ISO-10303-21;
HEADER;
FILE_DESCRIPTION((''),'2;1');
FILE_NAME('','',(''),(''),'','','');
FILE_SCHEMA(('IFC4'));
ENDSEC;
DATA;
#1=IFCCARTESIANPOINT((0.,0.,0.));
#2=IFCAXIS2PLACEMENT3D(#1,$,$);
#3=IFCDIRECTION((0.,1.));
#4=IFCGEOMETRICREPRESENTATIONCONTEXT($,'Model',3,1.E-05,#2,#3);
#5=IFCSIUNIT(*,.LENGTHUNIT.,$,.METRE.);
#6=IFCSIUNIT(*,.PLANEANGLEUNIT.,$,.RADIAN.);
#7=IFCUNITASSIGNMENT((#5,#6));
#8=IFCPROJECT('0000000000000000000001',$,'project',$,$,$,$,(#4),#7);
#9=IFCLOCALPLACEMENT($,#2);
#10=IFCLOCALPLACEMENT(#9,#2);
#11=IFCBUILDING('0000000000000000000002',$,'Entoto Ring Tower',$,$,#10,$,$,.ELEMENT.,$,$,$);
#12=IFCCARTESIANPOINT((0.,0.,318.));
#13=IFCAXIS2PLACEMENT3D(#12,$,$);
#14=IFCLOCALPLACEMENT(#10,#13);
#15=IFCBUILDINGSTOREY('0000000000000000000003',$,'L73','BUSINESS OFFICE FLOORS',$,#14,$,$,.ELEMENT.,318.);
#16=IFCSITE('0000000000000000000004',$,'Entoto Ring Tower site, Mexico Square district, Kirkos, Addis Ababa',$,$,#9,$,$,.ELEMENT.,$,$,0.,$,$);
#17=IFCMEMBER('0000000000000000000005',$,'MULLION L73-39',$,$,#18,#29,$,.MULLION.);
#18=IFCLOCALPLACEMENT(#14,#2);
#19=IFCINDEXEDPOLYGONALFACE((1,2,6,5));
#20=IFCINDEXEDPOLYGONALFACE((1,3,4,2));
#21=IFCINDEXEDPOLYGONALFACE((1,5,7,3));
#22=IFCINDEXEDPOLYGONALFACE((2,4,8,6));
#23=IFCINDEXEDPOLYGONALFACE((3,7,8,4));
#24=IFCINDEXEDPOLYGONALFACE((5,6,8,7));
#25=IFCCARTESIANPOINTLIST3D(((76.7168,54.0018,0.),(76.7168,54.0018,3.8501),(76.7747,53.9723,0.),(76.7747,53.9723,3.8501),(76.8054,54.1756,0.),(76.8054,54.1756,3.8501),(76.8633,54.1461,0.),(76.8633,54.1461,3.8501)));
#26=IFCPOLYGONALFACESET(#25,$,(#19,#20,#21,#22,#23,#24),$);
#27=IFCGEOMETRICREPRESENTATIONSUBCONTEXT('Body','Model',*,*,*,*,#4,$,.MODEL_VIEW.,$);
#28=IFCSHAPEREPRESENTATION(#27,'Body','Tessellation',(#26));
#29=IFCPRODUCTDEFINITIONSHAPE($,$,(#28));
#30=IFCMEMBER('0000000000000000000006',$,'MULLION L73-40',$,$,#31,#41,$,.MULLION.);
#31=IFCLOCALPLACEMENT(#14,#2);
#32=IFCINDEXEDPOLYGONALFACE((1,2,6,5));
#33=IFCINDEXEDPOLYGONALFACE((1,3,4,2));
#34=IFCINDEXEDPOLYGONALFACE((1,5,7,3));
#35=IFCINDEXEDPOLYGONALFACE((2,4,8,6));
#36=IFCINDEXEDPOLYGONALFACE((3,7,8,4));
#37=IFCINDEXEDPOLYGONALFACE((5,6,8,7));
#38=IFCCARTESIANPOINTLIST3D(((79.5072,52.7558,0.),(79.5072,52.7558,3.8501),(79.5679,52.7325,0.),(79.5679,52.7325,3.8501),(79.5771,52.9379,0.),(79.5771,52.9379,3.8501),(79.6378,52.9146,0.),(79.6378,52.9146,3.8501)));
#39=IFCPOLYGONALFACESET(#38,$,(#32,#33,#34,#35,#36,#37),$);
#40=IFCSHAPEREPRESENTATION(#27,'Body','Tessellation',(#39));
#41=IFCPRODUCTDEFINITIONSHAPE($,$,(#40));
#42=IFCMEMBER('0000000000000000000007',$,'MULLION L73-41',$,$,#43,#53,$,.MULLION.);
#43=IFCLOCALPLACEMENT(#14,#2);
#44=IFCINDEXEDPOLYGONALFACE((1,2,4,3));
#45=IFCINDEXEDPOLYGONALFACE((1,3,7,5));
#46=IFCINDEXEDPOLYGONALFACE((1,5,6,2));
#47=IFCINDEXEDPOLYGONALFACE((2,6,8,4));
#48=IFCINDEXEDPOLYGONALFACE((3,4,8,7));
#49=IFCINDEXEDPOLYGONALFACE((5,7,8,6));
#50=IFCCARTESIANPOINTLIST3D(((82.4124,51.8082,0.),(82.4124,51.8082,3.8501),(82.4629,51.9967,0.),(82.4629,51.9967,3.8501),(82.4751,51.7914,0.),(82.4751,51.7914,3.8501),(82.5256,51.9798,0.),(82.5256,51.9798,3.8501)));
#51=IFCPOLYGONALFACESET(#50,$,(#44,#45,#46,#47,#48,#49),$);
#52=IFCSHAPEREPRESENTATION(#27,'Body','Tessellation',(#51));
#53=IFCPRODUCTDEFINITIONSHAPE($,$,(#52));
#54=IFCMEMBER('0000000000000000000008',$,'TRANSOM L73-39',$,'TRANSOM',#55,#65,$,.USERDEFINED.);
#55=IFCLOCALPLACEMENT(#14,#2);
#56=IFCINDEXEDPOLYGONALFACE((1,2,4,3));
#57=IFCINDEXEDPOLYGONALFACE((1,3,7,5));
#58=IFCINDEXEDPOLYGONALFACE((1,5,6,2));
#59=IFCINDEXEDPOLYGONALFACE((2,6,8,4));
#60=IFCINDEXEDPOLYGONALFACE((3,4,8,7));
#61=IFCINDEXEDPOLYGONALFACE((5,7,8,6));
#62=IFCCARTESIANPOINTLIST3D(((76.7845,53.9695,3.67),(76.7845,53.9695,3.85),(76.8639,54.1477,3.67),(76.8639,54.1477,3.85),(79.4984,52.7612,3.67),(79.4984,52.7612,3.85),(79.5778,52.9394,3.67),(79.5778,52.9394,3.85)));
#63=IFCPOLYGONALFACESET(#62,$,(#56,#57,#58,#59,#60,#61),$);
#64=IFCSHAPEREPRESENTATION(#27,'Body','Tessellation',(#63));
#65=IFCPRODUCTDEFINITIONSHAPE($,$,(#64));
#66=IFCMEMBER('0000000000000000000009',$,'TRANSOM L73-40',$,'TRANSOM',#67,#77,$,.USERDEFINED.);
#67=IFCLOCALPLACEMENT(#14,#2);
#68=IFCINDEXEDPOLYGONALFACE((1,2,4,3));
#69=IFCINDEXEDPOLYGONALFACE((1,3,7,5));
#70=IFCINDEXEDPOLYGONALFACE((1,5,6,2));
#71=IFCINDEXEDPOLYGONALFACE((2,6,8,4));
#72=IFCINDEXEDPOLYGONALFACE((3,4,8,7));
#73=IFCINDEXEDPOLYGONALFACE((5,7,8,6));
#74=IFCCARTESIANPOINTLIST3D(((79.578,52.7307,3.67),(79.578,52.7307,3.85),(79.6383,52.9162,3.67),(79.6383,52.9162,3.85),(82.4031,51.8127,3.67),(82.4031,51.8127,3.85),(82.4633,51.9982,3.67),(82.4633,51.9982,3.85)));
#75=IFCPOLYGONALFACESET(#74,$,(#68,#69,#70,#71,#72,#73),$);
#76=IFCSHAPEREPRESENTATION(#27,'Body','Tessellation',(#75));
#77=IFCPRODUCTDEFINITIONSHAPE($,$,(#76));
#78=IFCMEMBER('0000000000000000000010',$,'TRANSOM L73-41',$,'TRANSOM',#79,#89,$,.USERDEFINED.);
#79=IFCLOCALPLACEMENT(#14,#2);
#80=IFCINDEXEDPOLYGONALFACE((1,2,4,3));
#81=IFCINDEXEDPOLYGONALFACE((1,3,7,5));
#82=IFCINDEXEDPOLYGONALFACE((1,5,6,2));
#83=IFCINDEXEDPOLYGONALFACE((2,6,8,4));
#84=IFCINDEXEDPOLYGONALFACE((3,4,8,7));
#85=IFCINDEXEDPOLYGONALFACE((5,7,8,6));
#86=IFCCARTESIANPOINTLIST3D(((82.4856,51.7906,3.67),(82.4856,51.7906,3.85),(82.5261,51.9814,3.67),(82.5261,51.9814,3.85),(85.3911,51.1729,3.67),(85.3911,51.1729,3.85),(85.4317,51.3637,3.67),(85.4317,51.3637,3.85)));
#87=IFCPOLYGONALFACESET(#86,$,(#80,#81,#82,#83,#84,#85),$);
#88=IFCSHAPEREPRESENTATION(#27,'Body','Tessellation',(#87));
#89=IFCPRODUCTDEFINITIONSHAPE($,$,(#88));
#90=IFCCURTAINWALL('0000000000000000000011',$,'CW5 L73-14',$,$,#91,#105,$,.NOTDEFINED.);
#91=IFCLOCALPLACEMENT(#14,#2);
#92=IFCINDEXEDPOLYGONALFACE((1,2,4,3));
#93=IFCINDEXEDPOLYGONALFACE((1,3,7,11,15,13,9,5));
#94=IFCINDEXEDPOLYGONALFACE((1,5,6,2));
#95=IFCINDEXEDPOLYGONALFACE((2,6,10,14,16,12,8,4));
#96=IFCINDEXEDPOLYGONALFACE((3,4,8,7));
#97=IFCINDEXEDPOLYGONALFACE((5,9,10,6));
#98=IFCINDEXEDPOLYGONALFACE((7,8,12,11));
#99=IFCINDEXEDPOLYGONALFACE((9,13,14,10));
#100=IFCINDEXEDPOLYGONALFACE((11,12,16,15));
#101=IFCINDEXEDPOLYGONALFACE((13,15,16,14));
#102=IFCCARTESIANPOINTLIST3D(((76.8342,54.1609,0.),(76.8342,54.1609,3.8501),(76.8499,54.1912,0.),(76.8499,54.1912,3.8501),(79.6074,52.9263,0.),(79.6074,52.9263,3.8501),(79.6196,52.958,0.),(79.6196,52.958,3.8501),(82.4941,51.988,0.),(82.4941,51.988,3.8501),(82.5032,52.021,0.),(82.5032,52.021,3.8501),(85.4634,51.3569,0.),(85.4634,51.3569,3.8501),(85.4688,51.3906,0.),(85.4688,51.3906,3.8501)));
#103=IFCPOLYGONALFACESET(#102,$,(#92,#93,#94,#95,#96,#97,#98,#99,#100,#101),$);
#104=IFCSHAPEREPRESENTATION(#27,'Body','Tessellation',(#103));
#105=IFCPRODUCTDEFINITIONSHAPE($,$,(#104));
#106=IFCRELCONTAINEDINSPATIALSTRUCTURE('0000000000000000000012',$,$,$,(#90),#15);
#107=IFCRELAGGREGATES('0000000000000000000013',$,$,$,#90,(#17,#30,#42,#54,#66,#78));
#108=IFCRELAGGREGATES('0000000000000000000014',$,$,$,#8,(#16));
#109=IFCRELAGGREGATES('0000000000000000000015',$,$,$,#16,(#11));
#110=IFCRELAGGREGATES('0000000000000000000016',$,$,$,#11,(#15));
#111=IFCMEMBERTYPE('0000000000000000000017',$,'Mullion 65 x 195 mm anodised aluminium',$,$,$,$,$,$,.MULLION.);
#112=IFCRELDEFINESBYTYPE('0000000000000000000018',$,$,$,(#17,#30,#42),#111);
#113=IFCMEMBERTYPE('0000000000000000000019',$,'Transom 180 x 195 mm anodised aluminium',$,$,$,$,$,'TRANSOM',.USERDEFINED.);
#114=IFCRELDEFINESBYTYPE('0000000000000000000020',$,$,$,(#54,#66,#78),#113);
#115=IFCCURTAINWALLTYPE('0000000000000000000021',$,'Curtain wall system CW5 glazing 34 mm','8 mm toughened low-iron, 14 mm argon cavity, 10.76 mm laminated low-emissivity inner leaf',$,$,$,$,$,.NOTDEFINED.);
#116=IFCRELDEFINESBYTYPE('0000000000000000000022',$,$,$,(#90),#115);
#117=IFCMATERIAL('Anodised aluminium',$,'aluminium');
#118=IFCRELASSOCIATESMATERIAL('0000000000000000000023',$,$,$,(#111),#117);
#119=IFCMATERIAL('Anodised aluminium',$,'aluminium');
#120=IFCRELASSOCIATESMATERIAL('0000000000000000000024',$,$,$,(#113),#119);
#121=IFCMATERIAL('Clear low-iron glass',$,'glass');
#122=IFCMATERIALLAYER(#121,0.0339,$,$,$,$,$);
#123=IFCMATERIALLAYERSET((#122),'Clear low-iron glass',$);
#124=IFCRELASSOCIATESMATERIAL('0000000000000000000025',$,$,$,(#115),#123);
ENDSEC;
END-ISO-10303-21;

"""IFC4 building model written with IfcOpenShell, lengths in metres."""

from ifc_helpers import new_model, si_unit, direction, frame, origin, origin_2d, place, context, subcontext, project, spatial, polyline, rectangle, outline, extrude, material, layer, layer_set, material_profile, profile_set, type_object, element, aggregate, save


model = new_model("IFC4")

# Units and contexts
model_context = context("Model", 3, precision=1e-05, world=origin(), true_north=direction((0.0, 1.0)))
body_context = subcontext(model_context, "Body", "Model", "MODEL_VIEW")
ifc_project = project(units=[si_unit("LENGTHUNIT", "METRE"), si_unit("PLANEANGLEUNIT", "RADIAN")], contexts=[model_context])

# Members
ifc_material_1 = material(Name="Anodised aluminium", Category="aluminium")
ifc_material_profile_1 = material_profile(ifc_material_1, rectangle(XDim=0.0649, YDim=0.1951, at=origin_2d()), Name="Mullion 65 x 195 mm anodised aluminium")
ifc_profile_set_1 = profile_set([ifc_material_profile_1], Name="Anodised aluminium")
member_type_1 = type_object("IfcMemberType", Name="Mullion 65 x 195 mm anodised aluminium", PredefinedType="MULLION", material=ifc_profile_set_1)
site_placement = place(None, origin())
building_placement = place(site_placement, origin())
storey_placement = place(building_placement, frame((0.0, 0.0, 318.0)))
member_1_placement = place(storey_placement, frame((76.79, 54.074, 0.0), z_axis=(0.0, 0.0, 1.0), x_axis=(0.891007, -0.45399, 0.0)))
member_1 = element("IfcMember", 1, at=member_1_placement, type_object=member_type_1, Name="MULLION L73-39", PredefinedType="MULLION", context=body_context, shape_type="SweptSolid", body=[
    extrude(rectangle(XDim=0.0649, YDim=0.1951, at=origin_2d()), origin(), (0.0, 0.0, 1.0), 3.8501),
])
member_2_placement = place(storey_placement, frame((79.5725, 52.8352, 0.0), z_axis=(0.0, 0.0, 1.0), x_axis=(0.93358, -0.358368, 0.0)))
member_2 = element("IfcMember", 2, at=member_2_placement, type_object=member_type_1, Name="MULLION L73-40", PredefinedType="MULLION", context=body_context, shape_type="SweptSolid", body=[
    extrude(rectangle(XDim=0.0649, YDim=0.1951, at=origin_2d()), origin(), (0.0, 0.0, 1.0), 3.8501),
])
member_3_placement = place(storey_placement, frame((82.469, 51.894, 0.0), z_axis=(0.0, 0.0, 1.0), x_axis=(0.965926, -0.258819, 0.0)))
member_3 = element("IfcMember", 3, at=member_3_placement, type_object=member_type_1, Name="MULLION L73-41", PredefinedType="MULLION", context=body_context, shape_type="SweptSolid", body=[
    extrude(rectangle(XDim=0.0649, YDim=0.1951, at=origin_2d()), origin(), (0.0, 0.0, 1.0), 3.8501),
])
ifc_material_2 = material(Name="Anodised aluminium", Category="aluminium")
ifc_material_profile_2 = material_profile(ifc_material_2, rectangle(XDim=0.1951, YDim=0.1799, at=origin_2d()), Name="Transom 180 x 195 mm anodised aluminium")
ifc_profile_set_2 = profile_set([ifc_material_profile_2], Name="Anodised aluminium")
member_type_2 = type_object("IfcMemberType", Name="Transom 180 x 195 mm anodised aluminium", ElementType="TRANSOM", PredefinedType="USERDEFINED", material=ifc_profile_set_2)
member_4_placement = place(storey_placement, frame((76.8242, 54.0586, 3.76), z_axis=(0.91355, -0.406726, 0.0), x_axis=(0.406726, 0.91355, 0.0)))
member_4 = element("IfcMember", 4, at=member_4_placement, type_object=member_type_2, Name="TRANSOM L73-39", ObjectType="TRANSOM", PredefinedType="USERDEFINED", context=body_context, shape_type="SweptSolid", body=[
    extrude(rectangle(XDim=0.1951, YDim=0.1799, at=origin_2d()), origin(), (0.0, 0.0, 1.0), 2.9707),
])
member_5_placement = place(storey_placement, frame((79.6082, 52.8235, 3.76), z_axis=(0.951048, -0.309043, 0.0), x_axis=(0.309043, 0.951048, 0.0)))
member_5 = element("IfcMember", 5, at=member_5_placement, type_object=member_type_2, Name="TRANSOM L73-40", ObjectType="TRANSOM", PredefinedType="USERDEFINED", context=body_context, shape_type="SweptSolid", body=[
    extrude(rectangle(XDim=0.1951, YDim=0.1799, at=origin_2d()), origin(), (0.0, 0.0, 1.0), 2.9705),
])
member_6_placement = place(storey_placement, frame((82.5059, 51.886, 3.76), z_axis=(0.978142, -0.20794, 0.0), x_axis=(0.20794, 0.978142, 0.0)))
member_6 = element("IfcMember", 6, at=member_6_placement, type_object=member_type_2, Name="TRANSOM L73-41", ObjectType="TRANSOM", PredefinedType="USERDEFINED", context=body_context, shape_type="SweptSolid", body=[
    extrude(rectangle(XDim=0.1951, YDim=0.1799, at=origin_2d()), origin(), (0.0, 0.0, 1.0), 2.9705),
])

# Site, building, storey
site = spatial("IfcSite", under=ifc_project, at=site_placement, Name="Entoto Ring Tower site, Mexico Square district, Kirkos, Addis Ababa", CompositionType="ELEMENT", RefElevation=0.0)
building = spatial("IfcBuilding", under=site, at=building_placement, Name="Entoto Ring Tower", CompositionType="ELEMENT")
storey = spatial("IfcBuildingStorey", under=building, at=storey_placement, Name="L73", Description="BUSINESS OFFICE FLOORS", CompositionType="ELEMENT", Elevation=318.0)

# Curtain wall
ifc_material_3 = material(Name="Clear low-iron glass", Category="glass")
ifc_layer = layer(ifc_material_3, 0.0339)
ifc_layer_set = layer_set([ifc_layer], Name="Clear low-iron glass")
curtain_wall_type = type_object("IfcCurtainWallType", Name="Curtain wall system CW5 glazing 34 mm", Description="8 mm toughened low-iron, 14 mm argon cavity, 10.76 mm laminated low-emissivity inner leaf", PredefinedType="NOTDEFINED", material=ifc_layer_set)
curtain_wall_1_placement = place(storey_placement, origin())
curtain_wall_1 = element("IfcCurtainWall", 7, at=curtain_wall_1_placement, inside=storey, type_object=curtain_wall_type, Name="CW5 L73-14", PredefinedType="NOTDEFINED", context=body_context, shape_type="SweptSolid", body=[
    extrude(outline(polyline([(76.8342, 54.1609), (79.6074, 52.9263), (82.4941, 51.988), (85.4634, 51.3569), (85.4688, 51.3906), (82.5032, 52.021), (79.6196, 52.958), (76.8499, 54.1912), (76.8342, 54.1609)])), origin(), (0.0, 0.0, 1.0), 3.8501),
])
aggregate(curtain_wall_1, [member_1, member_2, member_3, member_4, member_5, member_6])

save(model, "model.ifc")
